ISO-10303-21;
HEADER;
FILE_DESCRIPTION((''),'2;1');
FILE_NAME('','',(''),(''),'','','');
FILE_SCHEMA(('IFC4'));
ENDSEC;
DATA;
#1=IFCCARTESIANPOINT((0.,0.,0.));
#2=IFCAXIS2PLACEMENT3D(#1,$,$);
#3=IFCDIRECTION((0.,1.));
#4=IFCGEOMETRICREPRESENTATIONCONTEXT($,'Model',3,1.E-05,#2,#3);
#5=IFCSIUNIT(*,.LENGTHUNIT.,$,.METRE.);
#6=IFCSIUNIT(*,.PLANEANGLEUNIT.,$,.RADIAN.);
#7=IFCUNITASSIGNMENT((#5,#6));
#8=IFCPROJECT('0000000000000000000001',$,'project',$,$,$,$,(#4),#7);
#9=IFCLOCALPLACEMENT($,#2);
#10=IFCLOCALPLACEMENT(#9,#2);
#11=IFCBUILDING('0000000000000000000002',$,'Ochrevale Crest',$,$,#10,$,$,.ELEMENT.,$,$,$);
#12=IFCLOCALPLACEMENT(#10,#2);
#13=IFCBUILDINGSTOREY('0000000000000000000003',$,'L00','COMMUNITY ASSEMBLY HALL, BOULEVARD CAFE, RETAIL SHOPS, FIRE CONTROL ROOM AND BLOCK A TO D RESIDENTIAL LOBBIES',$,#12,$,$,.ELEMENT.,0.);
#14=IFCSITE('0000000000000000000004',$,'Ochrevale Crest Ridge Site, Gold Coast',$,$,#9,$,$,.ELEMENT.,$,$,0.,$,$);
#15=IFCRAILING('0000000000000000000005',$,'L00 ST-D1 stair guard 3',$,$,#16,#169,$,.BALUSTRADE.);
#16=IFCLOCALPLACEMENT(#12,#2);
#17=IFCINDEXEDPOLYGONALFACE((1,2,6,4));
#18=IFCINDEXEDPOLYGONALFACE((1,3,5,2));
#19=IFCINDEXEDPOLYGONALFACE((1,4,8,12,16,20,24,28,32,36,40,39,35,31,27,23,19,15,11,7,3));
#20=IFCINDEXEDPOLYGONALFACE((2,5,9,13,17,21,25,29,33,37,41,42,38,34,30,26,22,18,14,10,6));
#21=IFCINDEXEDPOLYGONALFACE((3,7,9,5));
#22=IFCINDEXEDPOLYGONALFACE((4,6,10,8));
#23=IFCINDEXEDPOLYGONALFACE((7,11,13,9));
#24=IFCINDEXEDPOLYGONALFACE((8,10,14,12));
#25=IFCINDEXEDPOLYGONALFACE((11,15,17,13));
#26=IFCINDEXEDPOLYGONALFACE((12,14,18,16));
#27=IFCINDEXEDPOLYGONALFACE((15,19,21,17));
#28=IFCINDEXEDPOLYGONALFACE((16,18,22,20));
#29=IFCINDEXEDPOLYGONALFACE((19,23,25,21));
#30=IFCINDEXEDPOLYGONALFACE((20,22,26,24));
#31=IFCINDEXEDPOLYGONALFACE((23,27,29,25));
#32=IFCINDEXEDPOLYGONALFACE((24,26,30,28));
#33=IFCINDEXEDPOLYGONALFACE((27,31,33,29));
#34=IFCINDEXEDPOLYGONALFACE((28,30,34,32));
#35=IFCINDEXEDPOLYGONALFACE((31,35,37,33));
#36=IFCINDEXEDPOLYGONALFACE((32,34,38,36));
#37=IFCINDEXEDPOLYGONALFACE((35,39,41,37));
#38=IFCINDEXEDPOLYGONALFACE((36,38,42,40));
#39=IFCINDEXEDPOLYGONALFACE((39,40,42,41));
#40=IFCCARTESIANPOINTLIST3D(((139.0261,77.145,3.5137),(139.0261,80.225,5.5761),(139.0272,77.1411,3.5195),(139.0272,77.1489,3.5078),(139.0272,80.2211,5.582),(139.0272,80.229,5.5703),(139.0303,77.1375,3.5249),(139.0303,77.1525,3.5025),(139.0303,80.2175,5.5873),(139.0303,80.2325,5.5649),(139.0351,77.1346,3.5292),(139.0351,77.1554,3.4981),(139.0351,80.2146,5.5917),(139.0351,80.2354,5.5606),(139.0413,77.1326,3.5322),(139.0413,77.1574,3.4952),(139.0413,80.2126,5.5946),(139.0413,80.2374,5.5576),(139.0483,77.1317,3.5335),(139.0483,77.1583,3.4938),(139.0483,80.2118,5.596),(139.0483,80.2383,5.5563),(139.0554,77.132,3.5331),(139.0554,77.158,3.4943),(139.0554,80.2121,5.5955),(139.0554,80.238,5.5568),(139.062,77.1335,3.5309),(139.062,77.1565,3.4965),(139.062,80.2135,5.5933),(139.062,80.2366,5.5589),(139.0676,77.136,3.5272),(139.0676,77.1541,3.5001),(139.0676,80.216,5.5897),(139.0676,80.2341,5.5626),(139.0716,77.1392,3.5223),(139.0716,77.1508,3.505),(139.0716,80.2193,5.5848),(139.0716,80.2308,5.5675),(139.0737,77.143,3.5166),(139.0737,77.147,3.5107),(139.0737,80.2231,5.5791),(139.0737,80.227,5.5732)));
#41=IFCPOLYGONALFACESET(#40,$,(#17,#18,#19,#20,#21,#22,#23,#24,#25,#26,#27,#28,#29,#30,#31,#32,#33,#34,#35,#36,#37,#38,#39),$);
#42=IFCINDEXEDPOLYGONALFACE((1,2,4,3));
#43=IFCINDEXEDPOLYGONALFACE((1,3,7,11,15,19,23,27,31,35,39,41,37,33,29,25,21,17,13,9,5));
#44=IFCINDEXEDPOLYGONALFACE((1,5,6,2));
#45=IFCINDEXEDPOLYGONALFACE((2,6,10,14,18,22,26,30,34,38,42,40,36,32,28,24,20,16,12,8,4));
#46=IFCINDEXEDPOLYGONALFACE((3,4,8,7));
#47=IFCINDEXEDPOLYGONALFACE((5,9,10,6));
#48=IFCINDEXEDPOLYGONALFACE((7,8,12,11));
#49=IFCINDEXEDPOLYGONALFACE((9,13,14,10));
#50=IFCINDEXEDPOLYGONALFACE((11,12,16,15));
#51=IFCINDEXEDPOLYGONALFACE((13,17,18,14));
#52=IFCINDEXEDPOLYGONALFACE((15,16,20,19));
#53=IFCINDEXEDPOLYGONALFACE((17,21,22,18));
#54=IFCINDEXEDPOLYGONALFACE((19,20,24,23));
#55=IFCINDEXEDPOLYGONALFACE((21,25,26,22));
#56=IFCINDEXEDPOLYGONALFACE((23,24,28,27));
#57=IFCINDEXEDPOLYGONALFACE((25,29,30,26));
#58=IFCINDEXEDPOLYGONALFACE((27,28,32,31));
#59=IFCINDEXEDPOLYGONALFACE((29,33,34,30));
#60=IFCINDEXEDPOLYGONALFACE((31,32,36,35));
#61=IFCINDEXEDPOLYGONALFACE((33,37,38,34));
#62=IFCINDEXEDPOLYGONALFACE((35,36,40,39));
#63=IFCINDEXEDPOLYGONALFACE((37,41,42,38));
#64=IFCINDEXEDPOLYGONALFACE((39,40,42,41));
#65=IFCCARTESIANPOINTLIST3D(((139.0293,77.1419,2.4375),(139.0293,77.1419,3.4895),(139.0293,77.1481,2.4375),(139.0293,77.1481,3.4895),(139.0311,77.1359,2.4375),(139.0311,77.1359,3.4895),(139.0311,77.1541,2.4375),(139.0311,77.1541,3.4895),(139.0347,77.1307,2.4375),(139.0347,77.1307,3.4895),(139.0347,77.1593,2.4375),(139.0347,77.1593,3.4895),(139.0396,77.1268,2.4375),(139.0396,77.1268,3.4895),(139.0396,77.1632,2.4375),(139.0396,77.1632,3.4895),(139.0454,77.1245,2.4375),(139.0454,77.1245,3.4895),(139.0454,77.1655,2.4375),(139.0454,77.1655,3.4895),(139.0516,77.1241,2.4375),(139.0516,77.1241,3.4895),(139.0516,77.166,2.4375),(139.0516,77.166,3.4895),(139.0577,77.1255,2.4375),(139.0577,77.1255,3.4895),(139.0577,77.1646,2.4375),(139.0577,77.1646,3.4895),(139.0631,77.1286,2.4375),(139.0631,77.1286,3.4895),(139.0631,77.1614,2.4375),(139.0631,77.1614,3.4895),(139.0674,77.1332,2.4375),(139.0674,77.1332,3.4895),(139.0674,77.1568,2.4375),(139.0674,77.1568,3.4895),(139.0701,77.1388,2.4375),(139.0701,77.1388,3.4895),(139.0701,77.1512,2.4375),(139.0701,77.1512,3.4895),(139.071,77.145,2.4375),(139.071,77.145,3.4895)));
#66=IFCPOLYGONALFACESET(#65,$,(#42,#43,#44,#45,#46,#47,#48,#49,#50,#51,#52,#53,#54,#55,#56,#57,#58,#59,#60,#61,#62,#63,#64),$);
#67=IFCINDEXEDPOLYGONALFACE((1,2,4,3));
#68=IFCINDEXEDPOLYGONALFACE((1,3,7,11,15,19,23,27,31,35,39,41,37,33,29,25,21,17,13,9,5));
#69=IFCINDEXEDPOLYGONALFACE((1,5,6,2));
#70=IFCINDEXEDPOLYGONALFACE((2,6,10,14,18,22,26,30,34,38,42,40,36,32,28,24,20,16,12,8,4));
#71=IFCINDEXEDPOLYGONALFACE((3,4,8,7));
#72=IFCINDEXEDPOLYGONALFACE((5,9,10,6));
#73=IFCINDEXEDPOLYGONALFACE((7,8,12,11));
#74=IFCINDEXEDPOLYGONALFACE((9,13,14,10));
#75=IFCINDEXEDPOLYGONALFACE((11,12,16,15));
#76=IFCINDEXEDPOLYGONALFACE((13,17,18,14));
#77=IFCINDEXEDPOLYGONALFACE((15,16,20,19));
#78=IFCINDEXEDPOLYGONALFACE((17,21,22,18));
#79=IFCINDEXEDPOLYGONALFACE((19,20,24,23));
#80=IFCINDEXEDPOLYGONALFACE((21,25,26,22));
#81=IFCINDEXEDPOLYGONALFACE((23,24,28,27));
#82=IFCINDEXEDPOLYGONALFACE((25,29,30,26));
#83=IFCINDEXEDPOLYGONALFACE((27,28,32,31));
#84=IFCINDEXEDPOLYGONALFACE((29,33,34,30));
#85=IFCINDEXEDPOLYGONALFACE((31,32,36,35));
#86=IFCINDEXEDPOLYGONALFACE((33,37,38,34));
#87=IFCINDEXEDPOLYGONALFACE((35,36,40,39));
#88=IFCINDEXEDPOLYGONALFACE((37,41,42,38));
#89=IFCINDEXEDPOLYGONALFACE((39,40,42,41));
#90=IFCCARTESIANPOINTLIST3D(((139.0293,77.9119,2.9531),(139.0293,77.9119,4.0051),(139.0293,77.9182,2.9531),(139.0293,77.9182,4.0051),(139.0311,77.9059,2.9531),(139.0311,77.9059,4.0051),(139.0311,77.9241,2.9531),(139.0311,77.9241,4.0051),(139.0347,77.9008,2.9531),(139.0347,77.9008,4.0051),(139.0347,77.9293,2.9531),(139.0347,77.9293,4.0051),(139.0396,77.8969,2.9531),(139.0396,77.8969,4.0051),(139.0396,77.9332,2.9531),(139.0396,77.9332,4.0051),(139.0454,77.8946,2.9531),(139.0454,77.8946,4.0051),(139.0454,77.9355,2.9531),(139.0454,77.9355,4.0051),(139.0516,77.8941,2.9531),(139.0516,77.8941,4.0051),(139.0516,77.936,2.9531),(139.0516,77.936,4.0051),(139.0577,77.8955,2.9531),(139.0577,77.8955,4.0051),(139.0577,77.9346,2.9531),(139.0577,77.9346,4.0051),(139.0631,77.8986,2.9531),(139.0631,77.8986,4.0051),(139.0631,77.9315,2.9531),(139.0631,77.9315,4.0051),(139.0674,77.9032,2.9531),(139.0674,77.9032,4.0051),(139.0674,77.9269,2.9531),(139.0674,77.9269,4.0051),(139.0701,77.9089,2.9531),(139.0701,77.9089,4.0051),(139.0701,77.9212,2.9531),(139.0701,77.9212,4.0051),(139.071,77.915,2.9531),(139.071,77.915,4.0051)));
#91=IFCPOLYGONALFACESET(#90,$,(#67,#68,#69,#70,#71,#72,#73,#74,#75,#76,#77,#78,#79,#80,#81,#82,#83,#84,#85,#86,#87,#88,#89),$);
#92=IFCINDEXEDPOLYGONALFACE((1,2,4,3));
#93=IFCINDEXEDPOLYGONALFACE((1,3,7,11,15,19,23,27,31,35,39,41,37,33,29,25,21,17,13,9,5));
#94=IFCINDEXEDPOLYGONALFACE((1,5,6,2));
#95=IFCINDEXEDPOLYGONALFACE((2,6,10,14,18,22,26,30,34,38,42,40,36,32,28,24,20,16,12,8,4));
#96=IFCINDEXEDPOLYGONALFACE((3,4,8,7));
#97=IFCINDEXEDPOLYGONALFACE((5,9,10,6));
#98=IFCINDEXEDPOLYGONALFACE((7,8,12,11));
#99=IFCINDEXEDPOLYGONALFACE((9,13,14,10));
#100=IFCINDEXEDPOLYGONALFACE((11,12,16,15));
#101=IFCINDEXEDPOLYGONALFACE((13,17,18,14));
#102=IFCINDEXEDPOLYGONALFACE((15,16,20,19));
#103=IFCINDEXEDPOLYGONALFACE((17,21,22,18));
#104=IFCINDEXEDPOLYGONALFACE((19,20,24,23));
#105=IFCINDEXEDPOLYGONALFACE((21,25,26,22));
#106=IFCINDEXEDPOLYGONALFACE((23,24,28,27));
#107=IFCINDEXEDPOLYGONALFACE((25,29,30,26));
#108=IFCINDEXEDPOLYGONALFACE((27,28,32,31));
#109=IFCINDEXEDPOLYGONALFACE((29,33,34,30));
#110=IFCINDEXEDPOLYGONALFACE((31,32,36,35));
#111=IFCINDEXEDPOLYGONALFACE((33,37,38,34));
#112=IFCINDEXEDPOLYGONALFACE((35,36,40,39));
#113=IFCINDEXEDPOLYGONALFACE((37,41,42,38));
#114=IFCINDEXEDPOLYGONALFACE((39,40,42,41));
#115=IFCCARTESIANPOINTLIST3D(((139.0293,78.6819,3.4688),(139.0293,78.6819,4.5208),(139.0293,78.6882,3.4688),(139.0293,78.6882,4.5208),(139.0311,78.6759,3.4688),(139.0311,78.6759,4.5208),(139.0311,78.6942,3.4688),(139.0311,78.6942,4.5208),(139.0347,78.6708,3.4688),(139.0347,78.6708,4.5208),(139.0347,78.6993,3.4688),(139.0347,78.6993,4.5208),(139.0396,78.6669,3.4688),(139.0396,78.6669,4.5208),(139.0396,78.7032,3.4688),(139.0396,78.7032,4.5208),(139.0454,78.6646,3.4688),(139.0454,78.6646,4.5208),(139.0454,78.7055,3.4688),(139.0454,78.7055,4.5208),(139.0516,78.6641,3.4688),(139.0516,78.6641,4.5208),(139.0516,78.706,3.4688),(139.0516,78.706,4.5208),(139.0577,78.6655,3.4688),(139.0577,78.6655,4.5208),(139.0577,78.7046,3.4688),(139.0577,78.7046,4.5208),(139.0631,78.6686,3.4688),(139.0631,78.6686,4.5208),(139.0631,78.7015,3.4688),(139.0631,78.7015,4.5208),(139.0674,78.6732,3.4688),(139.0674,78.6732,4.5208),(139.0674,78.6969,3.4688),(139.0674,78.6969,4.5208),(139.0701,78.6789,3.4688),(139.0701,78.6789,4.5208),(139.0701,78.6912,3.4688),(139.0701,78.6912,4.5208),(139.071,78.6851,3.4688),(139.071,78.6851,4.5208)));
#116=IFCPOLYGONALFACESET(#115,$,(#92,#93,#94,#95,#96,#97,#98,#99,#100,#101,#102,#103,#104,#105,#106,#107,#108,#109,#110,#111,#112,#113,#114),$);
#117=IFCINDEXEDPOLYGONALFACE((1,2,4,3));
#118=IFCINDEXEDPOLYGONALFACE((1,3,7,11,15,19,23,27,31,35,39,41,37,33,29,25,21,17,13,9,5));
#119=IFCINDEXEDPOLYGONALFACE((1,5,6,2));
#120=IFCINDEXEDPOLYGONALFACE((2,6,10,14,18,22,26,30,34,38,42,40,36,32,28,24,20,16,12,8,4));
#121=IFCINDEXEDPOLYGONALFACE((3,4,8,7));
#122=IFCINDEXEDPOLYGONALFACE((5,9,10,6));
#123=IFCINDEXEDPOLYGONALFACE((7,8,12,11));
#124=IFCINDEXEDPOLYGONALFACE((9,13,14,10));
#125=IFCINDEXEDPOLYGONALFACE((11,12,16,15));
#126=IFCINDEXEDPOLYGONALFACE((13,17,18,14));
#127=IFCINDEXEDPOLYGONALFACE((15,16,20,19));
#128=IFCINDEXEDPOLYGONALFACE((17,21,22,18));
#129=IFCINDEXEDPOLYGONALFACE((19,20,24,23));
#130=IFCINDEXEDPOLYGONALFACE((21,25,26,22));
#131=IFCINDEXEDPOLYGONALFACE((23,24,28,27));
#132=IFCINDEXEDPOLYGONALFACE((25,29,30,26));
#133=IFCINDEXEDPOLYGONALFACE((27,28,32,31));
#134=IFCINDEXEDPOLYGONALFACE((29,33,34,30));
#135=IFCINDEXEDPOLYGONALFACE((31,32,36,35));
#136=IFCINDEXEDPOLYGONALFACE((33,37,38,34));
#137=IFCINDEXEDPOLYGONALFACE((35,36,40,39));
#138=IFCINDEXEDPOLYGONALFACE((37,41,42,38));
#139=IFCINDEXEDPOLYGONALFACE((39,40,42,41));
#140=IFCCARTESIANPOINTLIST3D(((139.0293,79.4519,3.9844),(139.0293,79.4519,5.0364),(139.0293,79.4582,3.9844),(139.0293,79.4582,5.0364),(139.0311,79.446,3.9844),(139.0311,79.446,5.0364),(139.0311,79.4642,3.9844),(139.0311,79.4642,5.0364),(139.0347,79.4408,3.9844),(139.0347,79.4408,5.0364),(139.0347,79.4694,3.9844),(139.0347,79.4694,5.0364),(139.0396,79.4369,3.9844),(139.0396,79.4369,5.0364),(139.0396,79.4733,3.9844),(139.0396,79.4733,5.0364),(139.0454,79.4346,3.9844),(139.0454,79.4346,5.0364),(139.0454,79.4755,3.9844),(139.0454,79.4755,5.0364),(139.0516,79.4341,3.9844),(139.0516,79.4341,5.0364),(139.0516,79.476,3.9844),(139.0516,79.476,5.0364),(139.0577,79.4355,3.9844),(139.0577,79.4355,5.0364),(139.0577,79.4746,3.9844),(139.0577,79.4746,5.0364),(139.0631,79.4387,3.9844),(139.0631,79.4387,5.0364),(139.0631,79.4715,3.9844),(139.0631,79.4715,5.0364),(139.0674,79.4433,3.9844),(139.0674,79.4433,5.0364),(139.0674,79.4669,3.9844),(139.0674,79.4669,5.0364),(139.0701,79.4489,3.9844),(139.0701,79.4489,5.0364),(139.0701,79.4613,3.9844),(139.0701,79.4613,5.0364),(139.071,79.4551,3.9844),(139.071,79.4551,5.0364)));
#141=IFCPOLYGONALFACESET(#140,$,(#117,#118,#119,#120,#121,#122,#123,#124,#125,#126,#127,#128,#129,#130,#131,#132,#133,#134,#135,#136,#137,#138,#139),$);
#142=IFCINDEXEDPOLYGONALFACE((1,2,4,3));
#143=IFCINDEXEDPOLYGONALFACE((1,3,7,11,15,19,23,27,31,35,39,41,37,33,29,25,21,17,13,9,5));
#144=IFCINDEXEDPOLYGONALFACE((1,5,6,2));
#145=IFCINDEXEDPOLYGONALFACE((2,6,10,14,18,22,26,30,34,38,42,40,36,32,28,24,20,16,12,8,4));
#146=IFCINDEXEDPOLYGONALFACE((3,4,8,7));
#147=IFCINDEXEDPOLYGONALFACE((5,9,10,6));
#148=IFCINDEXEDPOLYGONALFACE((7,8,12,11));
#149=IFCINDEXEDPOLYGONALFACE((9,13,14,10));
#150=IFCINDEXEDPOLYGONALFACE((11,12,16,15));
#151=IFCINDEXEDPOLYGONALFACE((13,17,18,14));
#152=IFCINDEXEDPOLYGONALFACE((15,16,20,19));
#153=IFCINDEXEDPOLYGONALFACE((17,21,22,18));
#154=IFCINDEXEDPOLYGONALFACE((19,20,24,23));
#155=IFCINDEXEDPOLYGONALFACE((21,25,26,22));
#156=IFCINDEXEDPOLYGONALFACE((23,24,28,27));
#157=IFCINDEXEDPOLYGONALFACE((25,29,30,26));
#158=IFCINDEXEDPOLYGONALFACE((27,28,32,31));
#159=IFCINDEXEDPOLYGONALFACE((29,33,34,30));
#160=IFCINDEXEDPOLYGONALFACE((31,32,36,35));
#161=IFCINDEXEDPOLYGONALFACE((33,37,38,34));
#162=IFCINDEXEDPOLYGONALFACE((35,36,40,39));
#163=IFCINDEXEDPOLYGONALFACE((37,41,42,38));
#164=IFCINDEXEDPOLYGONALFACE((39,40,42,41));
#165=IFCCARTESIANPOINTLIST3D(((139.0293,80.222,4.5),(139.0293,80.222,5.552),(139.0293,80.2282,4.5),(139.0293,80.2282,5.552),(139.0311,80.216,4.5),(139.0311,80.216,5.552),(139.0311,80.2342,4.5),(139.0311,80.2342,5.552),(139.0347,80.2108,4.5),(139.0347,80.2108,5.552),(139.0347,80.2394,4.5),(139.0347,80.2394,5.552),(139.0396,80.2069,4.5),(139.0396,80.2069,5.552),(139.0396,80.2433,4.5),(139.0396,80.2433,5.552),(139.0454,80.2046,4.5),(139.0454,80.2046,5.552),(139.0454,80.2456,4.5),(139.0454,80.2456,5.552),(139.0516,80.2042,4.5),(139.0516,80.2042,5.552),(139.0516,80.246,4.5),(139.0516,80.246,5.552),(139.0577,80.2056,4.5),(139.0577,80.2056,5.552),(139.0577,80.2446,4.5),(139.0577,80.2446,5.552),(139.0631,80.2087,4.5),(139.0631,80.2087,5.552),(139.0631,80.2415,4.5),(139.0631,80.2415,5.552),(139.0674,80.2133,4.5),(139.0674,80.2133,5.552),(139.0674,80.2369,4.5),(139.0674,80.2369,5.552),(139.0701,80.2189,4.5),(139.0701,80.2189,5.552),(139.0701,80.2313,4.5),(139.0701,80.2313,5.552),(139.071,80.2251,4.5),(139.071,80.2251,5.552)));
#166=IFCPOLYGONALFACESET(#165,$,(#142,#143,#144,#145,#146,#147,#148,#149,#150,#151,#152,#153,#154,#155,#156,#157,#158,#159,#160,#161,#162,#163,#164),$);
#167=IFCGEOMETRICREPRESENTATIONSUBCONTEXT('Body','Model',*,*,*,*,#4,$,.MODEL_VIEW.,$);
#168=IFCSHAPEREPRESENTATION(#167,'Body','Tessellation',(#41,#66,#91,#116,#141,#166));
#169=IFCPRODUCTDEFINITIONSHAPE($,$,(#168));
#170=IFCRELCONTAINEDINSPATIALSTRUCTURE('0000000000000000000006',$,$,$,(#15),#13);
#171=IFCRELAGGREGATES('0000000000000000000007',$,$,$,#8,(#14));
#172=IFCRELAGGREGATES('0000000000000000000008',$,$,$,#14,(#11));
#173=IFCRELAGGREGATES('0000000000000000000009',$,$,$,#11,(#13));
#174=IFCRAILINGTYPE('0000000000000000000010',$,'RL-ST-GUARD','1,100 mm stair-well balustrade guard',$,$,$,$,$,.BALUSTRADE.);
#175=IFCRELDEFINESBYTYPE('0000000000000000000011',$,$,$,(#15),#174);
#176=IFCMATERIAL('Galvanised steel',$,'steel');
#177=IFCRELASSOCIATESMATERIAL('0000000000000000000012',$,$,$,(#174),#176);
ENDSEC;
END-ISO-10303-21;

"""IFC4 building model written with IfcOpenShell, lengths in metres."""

from ifc_helpers import new_model, si_unit, direction, frame, origin, origin_2d, place, context, subcontext, project, spatial, circle, extrude, material, type_object, element, save


model = new_model("IFC4")

# Units and contexts
model_context = context("Model", 3, precision=1e-05, world=origin(), true_north=direction((0.0, 1.0)))
body_context = subcontext(model_context, "Body", "Model", "MODEL_VIEW")
ifc_project = project(units=[si_unit("LENGTHUNIT", "METRE"), si_unit("PLANEANGLEUNIT", "RADIAN")], contexts=[model_context])

# Site, building, storey
site_placement = place(None, origin())
site = spatial("IfcSite", under=ifc_project, at=site_placement, Name="Ochrevale Crest Ridge Site, Gold Coast", CompositionType="ELEMENT", RefElevation=0.0)
building_placement = place(site_placement, origin())
building = spatial("IfcBuilding", under=site, at=building_placement, Name="Ochrevale Crest", CompositionType="ELEMENT")
storey_placement = place(building_placement, origin())
storey = spatial("IfcBuildingStorey", under=building, at=storey_placement, Name="L00", Description="COMMUNITY ASSEMBLY HALL, BOULEVARD CAFE, RETAIL SHOPS, FIRE CONTROL ROOM AND BLOCK A TO D RESIDENTIAL LOBBIES", CompositionType="ELEMENT", Elevation=0.0)

# Railing
ifc_material_1 = material(Name="Galvanised steel", Category="steel")
railing_type_1 = type_object("IfcRailingType", Name="RL-ST-GUARD", Description="1,100 mm stair-well balustrade guard", PredefinedType="BALUSTRADE", material=ifc_material_1)
railing_1_placement = place(storey_placement, frame((139.05, 77.145, 2.4375)))
element("IfcRailing", 1, at=railing_1_placement, inside=storey, type_object=railing_type_1, Name="L00 ST-D1 stair guard 3", PredefinedType="BALUSTRADE", context=body_context, shape_type="SweptSolid", body=[
    extrude(circle(Radius=0.0239, at=origin_2d()), frame((0.0, 0.0, 1.0762), z_axis=(0.0, 0.830914, 0.556401), x_axis=(-1.0, 0.0, 0.0)), (0.0, 0.0, 1.0), 3.7068),
    extrude(circle(Radius=0.021, at=origin_2d()), origin(), (0.0, 0.0, 1.0), 1.052),
    extrude(circle(Radius=0.021, at=origin_2d()), frame((0.0, 0.77, 0.5156)), (0.0, 0.0, 1.0), 1.052),
    extrude(circle(Radius=0.021, at=origin_2d()), frame((0.0, 1.54, 1.0312)), (0.0, 0.0, 1.0), 1.052),
    extrude(circle(Radius=0.021, at=origin_2d()), frame((0.0, 2.3101, 1.5469)), (0.0, 0.0, 1.0), 1.052),
    extrude(circle(Radius=0.021, at=origin_2d()), frame((0.0, 3.0801, 2.0625)), (0.0, 0.0, 1.0), 1.052),
])

save(model, "model.ifc")
